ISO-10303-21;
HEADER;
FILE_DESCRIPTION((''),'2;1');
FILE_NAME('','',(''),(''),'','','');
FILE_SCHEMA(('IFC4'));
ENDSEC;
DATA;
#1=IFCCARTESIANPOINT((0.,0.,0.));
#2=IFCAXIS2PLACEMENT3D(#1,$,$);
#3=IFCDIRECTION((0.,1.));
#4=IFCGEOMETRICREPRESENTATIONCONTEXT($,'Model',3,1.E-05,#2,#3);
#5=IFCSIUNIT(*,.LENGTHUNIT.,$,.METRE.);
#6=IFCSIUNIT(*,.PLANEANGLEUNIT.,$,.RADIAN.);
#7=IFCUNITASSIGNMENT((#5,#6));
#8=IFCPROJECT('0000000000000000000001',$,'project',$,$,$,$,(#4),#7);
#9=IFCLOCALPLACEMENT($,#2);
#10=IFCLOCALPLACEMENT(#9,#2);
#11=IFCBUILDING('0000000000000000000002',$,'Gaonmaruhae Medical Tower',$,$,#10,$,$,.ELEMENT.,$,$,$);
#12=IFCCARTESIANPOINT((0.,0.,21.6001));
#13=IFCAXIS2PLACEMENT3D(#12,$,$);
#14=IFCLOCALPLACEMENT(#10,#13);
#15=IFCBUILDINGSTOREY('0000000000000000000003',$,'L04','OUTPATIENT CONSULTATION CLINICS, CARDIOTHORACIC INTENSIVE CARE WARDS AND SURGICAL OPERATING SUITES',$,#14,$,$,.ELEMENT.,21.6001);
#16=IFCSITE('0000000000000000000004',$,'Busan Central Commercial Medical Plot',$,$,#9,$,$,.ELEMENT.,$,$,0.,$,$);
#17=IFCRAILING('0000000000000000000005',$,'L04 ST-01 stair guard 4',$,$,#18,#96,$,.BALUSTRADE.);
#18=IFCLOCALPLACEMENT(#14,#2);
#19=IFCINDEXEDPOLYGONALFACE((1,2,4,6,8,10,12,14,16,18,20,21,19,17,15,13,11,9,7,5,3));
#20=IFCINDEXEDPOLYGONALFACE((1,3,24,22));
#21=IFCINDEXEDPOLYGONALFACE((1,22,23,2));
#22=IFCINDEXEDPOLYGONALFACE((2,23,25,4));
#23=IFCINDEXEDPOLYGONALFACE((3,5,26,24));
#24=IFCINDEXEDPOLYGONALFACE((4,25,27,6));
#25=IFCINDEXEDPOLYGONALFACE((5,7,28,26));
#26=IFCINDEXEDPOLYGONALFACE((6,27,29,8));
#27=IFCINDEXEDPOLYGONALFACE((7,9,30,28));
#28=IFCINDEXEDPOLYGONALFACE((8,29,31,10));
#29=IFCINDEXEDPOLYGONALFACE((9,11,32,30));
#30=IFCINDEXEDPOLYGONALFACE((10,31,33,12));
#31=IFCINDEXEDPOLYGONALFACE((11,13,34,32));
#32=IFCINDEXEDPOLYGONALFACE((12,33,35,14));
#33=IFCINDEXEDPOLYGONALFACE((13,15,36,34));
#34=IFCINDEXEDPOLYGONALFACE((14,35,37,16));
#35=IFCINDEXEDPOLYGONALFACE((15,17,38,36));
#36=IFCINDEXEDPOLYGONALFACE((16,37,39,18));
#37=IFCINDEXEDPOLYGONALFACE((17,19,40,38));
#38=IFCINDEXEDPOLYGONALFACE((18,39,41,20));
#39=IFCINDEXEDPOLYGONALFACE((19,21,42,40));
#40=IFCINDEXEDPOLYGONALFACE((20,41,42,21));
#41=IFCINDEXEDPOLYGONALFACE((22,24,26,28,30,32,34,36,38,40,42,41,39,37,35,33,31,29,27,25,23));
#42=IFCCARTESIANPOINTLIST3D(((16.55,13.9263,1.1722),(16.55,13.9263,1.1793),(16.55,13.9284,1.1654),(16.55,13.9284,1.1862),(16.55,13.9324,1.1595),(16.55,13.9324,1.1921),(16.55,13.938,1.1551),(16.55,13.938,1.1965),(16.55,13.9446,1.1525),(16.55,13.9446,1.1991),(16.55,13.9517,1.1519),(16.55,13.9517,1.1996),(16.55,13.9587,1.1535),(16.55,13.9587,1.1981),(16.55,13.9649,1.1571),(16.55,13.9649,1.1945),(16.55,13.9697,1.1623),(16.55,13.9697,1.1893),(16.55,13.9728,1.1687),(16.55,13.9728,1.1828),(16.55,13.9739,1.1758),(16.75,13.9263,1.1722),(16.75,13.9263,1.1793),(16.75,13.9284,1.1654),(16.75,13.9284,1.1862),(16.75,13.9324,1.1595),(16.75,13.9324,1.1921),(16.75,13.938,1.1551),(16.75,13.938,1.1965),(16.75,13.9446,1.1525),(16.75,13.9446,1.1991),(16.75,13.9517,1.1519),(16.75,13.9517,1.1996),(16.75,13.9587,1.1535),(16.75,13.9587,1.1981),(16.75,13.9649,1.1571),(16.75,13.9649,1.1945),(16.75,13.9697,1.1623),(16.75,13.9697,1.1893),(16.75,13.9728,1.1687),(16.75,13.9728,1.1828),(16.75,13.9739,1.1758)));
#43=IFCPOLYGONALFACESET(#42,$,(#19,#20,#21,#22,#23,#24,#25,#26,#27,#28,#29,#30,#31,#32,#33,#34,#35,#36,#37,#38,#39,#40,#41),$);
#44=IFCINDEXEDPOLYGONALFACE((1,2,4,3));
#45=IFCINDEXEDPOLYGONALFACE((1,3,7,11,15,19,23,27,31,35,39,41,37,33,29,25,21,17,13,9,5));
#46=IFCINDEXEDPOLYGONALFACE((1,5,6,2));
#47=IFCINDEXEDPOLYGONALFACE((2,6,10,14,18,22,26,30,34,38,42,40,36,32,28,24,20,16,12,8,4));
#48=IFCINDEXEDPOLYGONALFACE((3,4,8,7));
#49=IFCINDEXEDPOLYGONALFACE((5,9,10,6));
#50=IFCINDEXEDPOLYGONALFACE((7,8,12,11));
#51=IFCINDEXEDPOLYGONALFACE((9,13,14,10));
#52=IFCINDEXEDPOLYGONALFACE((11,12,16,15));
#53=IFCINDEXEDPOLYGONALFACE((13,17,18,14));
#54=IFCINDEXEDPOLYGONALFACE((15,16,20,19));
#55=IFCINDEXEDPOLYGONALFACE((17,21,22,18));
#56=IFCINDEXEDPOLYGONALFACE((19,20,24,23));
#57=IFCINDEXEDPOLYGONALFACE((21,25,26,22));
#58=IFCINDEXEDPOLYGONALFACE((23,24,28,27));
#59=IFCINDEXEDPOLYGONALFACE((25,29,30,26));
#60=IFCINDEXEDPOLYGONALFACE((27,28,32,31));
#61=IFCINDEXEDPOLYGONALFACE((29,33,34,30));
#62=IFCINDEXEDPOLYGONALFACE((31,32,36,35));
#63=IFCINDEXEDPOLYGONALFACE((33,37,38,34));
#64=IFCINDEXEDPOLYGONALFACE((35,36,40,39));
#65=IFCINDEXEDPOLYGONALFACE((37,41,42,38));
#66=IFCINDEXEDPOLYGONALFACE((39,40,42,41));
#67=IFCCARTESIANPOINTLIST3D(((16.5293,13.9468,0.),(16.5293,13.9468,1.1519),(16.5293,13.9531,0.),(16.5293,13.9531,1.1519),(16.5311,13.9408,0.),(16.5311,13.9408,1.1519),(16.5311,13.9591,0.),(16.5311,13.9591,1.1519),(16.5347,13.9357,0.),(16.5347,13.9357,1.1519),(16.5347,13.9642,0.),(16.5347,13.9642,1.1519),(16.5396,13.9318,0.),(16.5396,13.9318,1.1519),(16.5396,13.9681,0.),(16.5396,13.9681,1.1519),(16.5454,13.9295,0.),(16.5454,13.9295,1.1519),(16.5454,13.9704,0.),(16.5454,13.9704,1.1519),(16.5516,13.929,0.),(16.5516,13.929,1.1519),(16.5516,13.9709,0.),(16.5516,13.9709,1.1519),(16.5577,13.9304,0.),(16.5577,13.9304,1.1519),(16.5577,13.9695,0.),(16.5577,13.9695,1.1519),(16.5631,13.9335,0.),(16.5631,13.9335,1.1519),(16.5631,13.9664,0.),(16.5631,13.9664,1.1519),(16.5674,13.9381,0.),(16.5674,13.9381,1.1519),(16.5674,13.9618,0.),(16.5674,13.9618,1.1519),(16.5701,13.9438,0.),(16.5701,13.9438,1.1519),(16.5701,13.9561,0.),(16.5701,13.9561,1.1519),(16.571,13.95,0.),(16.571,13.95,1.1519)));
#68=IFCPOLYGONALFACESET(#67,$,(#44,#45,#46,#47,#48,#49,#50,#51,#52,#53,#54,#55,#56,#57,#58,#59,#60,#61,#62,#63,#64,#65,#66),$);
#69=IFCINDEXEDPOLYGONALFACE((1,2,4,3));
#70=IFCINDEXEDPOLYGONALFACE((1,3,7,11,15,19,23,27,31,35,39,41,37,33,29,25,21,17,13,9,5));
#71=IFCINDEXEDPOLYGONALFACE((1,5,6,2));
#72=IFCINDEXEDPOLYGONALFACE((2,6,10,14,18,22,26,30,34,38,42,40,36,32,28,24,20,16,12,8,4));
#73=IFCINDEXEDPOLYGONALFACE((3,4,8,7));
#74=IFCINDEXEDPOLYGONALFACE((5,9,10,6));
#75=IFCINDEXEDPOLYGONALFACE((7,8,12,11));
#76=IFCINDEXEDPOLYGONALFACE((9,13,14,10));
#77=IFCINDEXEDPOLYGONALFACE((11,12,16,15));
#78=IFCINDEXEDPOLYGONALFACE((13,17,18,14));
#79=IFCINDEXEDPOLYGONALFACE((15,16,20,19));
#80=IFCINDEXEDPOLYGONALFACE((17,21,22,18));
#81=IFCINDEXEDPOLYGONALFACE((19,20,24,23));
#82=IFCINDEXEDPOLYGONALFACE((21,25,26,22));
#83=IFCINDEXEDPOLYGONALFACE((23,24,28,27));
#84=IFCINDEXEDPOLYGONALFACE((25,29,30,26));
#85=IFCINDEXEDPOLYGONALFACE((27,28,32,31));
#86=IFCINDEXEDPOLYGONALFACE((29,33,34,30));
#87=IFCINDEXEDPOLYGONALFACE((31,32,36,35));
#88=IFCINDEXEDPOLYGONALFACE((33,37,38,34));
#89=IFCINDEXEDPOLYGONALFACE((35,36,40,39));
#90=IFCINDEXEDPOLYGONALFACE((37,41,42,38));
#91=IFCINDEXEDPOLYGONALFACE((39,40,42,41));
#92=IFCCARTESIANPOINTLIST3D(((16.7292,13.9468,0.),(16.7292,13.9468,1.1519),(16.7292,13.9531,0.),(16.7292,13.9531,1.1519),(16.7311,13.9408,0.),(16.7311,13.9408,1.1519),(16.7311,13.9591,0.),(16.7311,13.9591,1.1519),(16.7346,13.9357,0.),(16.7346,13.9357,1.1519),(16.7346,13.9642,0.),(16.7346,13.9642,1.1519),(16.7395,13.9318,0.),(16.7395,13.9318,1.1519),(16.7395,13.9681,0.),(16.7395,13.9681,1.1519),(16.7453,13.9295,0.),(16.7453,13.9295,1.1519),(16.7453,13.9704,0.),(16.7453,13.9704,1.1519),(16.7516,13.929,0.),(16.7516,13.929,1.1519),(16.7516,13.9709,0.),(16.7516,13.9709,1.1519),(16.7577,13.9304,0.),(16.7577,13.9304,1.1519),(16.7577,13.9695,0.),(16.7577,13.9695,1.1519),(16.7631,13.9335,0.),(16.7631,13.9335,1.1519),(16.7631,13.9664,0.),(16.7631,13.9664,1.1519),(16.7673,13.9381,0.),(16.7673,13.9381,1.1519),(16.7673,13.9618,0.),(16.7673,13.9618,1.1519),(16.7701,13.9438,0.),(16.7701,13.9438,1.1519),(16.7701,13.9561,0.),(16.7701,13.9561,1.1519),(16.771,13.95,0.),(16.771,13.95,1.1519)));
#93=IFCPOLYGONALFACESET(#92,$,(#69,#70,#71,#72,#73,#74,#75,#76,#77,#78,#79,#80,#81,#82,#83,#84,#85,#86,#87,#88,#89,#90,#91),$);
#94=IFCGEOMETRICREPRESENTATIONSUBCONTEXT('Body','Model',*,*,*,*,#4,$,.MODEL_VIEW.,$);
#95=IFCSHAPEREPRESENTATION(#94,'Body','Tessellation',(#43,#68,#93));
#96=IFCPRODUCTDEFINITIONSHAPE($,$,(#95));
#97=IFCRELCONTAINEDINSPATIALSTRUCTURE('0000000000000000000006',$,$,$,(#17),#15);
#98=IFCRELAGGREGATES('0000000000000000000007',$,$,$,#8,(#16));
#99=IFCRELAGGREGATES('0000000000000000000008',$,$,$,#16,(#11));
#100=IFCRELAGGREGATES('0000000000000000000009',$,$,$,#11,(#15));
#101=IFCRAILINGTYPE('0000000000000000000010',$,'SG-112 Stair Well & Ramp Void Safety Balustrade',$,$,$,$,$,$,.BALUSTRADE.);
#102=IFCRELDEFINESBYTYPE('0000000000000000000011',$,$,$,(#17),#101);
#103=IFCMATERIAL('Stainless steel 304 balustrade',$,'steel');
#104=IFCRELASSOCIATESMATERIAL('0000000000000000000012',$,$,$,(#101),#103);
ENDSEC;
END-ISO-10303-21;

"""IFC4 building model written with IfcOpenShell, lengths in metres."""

from ifc_helpers import new_model, si_unit, direction, frame, origin, origin_2d, place, context, subcontext, project, spatial, circle, extrude, material, type_object, element, save


model = new_model("IFC4")

# Units and contexts
model_context = context("Model", 3, precision=1e-05, world=origin(), true_north=direction((0.0, 1.0)))
body_context = subcontext(model_context, "Body", "Model", "MODEL_VIEW")
ifc_project = project(units=[si_unit("LENGTHUNIT", "METRE"), si_unit("PLANEANGLEUNIT", "RADIAN")], contexts=[model_context])

# Site, building, storey
site_placement = place(None, origin())
site = spatial("IfcSite", under=ifc_project, at=site_placement, Name="Busan Central Commercial Medical Plot", CompositionType="ELEMENT", RefElevation=0.0)
building_placement = place(site_placement, origin())
building = spatial("IfcBuilding", under=site, at=building_placement, Name="Gaonmaruhae Medical Tower", CompositionType="ELEMENT")
storey_placement = place(building_placement, frame((0.0, 0.0, 21.6001)))
storey = spatial("IfcBuildingStorey", under=building, at=storey_placement, Name="L04", Description="OUTPATIENT CONSULTATION CLINICS, CARDIOTHORACIC INTENSIVE CARE WARDS AND SURGICAL OPERATING SUITES", CompositionType="ELEMENT", Elevation=21.6001)

# Railing
ifc_material_1 = material(Name="Stainless steel 304 balustrade", Category="steel")
railing_type_1 = type_object("IfcRailingType", Name="SG-112 Stair Well & Ramp Void Safety Balustrade", PredefinedType="BALUSTRADE", material=ifc_material_1)
railing_1_placement = place(storey_placement, frame((16.55, 13.95, 0.0)))
element("IfcRailing", 1, at=railing_1_placement, inside=storey, type_object=railing_type_1, Name="L04 ST-01 stair guard 4", PredefinedType="BALUSTRADE", context=body_context, shape_type="SweptSolid", body=[
    extrude(circle(Radius=0.0239, at=origin_2d()), frame((0.0, 0.0, 1.1758), z_axis=(1.0, 0.0, 0.0), x_axis=(0.0, 1.0, 0.0)), (0.0, 0.0, 1.0), 0.2),
    extrude(circle(Radius=0.021, at=origin_2d()), origin(), (0.0, 0.0, 1.0), 1.1519),
    extrude(circle(Radius=0.021, at=origin_2d()), frame((0.2, 0.0, 0.0)), (0.0, 0.0, 1.0), 1.1519),
])

save(model, "model.ifc")
